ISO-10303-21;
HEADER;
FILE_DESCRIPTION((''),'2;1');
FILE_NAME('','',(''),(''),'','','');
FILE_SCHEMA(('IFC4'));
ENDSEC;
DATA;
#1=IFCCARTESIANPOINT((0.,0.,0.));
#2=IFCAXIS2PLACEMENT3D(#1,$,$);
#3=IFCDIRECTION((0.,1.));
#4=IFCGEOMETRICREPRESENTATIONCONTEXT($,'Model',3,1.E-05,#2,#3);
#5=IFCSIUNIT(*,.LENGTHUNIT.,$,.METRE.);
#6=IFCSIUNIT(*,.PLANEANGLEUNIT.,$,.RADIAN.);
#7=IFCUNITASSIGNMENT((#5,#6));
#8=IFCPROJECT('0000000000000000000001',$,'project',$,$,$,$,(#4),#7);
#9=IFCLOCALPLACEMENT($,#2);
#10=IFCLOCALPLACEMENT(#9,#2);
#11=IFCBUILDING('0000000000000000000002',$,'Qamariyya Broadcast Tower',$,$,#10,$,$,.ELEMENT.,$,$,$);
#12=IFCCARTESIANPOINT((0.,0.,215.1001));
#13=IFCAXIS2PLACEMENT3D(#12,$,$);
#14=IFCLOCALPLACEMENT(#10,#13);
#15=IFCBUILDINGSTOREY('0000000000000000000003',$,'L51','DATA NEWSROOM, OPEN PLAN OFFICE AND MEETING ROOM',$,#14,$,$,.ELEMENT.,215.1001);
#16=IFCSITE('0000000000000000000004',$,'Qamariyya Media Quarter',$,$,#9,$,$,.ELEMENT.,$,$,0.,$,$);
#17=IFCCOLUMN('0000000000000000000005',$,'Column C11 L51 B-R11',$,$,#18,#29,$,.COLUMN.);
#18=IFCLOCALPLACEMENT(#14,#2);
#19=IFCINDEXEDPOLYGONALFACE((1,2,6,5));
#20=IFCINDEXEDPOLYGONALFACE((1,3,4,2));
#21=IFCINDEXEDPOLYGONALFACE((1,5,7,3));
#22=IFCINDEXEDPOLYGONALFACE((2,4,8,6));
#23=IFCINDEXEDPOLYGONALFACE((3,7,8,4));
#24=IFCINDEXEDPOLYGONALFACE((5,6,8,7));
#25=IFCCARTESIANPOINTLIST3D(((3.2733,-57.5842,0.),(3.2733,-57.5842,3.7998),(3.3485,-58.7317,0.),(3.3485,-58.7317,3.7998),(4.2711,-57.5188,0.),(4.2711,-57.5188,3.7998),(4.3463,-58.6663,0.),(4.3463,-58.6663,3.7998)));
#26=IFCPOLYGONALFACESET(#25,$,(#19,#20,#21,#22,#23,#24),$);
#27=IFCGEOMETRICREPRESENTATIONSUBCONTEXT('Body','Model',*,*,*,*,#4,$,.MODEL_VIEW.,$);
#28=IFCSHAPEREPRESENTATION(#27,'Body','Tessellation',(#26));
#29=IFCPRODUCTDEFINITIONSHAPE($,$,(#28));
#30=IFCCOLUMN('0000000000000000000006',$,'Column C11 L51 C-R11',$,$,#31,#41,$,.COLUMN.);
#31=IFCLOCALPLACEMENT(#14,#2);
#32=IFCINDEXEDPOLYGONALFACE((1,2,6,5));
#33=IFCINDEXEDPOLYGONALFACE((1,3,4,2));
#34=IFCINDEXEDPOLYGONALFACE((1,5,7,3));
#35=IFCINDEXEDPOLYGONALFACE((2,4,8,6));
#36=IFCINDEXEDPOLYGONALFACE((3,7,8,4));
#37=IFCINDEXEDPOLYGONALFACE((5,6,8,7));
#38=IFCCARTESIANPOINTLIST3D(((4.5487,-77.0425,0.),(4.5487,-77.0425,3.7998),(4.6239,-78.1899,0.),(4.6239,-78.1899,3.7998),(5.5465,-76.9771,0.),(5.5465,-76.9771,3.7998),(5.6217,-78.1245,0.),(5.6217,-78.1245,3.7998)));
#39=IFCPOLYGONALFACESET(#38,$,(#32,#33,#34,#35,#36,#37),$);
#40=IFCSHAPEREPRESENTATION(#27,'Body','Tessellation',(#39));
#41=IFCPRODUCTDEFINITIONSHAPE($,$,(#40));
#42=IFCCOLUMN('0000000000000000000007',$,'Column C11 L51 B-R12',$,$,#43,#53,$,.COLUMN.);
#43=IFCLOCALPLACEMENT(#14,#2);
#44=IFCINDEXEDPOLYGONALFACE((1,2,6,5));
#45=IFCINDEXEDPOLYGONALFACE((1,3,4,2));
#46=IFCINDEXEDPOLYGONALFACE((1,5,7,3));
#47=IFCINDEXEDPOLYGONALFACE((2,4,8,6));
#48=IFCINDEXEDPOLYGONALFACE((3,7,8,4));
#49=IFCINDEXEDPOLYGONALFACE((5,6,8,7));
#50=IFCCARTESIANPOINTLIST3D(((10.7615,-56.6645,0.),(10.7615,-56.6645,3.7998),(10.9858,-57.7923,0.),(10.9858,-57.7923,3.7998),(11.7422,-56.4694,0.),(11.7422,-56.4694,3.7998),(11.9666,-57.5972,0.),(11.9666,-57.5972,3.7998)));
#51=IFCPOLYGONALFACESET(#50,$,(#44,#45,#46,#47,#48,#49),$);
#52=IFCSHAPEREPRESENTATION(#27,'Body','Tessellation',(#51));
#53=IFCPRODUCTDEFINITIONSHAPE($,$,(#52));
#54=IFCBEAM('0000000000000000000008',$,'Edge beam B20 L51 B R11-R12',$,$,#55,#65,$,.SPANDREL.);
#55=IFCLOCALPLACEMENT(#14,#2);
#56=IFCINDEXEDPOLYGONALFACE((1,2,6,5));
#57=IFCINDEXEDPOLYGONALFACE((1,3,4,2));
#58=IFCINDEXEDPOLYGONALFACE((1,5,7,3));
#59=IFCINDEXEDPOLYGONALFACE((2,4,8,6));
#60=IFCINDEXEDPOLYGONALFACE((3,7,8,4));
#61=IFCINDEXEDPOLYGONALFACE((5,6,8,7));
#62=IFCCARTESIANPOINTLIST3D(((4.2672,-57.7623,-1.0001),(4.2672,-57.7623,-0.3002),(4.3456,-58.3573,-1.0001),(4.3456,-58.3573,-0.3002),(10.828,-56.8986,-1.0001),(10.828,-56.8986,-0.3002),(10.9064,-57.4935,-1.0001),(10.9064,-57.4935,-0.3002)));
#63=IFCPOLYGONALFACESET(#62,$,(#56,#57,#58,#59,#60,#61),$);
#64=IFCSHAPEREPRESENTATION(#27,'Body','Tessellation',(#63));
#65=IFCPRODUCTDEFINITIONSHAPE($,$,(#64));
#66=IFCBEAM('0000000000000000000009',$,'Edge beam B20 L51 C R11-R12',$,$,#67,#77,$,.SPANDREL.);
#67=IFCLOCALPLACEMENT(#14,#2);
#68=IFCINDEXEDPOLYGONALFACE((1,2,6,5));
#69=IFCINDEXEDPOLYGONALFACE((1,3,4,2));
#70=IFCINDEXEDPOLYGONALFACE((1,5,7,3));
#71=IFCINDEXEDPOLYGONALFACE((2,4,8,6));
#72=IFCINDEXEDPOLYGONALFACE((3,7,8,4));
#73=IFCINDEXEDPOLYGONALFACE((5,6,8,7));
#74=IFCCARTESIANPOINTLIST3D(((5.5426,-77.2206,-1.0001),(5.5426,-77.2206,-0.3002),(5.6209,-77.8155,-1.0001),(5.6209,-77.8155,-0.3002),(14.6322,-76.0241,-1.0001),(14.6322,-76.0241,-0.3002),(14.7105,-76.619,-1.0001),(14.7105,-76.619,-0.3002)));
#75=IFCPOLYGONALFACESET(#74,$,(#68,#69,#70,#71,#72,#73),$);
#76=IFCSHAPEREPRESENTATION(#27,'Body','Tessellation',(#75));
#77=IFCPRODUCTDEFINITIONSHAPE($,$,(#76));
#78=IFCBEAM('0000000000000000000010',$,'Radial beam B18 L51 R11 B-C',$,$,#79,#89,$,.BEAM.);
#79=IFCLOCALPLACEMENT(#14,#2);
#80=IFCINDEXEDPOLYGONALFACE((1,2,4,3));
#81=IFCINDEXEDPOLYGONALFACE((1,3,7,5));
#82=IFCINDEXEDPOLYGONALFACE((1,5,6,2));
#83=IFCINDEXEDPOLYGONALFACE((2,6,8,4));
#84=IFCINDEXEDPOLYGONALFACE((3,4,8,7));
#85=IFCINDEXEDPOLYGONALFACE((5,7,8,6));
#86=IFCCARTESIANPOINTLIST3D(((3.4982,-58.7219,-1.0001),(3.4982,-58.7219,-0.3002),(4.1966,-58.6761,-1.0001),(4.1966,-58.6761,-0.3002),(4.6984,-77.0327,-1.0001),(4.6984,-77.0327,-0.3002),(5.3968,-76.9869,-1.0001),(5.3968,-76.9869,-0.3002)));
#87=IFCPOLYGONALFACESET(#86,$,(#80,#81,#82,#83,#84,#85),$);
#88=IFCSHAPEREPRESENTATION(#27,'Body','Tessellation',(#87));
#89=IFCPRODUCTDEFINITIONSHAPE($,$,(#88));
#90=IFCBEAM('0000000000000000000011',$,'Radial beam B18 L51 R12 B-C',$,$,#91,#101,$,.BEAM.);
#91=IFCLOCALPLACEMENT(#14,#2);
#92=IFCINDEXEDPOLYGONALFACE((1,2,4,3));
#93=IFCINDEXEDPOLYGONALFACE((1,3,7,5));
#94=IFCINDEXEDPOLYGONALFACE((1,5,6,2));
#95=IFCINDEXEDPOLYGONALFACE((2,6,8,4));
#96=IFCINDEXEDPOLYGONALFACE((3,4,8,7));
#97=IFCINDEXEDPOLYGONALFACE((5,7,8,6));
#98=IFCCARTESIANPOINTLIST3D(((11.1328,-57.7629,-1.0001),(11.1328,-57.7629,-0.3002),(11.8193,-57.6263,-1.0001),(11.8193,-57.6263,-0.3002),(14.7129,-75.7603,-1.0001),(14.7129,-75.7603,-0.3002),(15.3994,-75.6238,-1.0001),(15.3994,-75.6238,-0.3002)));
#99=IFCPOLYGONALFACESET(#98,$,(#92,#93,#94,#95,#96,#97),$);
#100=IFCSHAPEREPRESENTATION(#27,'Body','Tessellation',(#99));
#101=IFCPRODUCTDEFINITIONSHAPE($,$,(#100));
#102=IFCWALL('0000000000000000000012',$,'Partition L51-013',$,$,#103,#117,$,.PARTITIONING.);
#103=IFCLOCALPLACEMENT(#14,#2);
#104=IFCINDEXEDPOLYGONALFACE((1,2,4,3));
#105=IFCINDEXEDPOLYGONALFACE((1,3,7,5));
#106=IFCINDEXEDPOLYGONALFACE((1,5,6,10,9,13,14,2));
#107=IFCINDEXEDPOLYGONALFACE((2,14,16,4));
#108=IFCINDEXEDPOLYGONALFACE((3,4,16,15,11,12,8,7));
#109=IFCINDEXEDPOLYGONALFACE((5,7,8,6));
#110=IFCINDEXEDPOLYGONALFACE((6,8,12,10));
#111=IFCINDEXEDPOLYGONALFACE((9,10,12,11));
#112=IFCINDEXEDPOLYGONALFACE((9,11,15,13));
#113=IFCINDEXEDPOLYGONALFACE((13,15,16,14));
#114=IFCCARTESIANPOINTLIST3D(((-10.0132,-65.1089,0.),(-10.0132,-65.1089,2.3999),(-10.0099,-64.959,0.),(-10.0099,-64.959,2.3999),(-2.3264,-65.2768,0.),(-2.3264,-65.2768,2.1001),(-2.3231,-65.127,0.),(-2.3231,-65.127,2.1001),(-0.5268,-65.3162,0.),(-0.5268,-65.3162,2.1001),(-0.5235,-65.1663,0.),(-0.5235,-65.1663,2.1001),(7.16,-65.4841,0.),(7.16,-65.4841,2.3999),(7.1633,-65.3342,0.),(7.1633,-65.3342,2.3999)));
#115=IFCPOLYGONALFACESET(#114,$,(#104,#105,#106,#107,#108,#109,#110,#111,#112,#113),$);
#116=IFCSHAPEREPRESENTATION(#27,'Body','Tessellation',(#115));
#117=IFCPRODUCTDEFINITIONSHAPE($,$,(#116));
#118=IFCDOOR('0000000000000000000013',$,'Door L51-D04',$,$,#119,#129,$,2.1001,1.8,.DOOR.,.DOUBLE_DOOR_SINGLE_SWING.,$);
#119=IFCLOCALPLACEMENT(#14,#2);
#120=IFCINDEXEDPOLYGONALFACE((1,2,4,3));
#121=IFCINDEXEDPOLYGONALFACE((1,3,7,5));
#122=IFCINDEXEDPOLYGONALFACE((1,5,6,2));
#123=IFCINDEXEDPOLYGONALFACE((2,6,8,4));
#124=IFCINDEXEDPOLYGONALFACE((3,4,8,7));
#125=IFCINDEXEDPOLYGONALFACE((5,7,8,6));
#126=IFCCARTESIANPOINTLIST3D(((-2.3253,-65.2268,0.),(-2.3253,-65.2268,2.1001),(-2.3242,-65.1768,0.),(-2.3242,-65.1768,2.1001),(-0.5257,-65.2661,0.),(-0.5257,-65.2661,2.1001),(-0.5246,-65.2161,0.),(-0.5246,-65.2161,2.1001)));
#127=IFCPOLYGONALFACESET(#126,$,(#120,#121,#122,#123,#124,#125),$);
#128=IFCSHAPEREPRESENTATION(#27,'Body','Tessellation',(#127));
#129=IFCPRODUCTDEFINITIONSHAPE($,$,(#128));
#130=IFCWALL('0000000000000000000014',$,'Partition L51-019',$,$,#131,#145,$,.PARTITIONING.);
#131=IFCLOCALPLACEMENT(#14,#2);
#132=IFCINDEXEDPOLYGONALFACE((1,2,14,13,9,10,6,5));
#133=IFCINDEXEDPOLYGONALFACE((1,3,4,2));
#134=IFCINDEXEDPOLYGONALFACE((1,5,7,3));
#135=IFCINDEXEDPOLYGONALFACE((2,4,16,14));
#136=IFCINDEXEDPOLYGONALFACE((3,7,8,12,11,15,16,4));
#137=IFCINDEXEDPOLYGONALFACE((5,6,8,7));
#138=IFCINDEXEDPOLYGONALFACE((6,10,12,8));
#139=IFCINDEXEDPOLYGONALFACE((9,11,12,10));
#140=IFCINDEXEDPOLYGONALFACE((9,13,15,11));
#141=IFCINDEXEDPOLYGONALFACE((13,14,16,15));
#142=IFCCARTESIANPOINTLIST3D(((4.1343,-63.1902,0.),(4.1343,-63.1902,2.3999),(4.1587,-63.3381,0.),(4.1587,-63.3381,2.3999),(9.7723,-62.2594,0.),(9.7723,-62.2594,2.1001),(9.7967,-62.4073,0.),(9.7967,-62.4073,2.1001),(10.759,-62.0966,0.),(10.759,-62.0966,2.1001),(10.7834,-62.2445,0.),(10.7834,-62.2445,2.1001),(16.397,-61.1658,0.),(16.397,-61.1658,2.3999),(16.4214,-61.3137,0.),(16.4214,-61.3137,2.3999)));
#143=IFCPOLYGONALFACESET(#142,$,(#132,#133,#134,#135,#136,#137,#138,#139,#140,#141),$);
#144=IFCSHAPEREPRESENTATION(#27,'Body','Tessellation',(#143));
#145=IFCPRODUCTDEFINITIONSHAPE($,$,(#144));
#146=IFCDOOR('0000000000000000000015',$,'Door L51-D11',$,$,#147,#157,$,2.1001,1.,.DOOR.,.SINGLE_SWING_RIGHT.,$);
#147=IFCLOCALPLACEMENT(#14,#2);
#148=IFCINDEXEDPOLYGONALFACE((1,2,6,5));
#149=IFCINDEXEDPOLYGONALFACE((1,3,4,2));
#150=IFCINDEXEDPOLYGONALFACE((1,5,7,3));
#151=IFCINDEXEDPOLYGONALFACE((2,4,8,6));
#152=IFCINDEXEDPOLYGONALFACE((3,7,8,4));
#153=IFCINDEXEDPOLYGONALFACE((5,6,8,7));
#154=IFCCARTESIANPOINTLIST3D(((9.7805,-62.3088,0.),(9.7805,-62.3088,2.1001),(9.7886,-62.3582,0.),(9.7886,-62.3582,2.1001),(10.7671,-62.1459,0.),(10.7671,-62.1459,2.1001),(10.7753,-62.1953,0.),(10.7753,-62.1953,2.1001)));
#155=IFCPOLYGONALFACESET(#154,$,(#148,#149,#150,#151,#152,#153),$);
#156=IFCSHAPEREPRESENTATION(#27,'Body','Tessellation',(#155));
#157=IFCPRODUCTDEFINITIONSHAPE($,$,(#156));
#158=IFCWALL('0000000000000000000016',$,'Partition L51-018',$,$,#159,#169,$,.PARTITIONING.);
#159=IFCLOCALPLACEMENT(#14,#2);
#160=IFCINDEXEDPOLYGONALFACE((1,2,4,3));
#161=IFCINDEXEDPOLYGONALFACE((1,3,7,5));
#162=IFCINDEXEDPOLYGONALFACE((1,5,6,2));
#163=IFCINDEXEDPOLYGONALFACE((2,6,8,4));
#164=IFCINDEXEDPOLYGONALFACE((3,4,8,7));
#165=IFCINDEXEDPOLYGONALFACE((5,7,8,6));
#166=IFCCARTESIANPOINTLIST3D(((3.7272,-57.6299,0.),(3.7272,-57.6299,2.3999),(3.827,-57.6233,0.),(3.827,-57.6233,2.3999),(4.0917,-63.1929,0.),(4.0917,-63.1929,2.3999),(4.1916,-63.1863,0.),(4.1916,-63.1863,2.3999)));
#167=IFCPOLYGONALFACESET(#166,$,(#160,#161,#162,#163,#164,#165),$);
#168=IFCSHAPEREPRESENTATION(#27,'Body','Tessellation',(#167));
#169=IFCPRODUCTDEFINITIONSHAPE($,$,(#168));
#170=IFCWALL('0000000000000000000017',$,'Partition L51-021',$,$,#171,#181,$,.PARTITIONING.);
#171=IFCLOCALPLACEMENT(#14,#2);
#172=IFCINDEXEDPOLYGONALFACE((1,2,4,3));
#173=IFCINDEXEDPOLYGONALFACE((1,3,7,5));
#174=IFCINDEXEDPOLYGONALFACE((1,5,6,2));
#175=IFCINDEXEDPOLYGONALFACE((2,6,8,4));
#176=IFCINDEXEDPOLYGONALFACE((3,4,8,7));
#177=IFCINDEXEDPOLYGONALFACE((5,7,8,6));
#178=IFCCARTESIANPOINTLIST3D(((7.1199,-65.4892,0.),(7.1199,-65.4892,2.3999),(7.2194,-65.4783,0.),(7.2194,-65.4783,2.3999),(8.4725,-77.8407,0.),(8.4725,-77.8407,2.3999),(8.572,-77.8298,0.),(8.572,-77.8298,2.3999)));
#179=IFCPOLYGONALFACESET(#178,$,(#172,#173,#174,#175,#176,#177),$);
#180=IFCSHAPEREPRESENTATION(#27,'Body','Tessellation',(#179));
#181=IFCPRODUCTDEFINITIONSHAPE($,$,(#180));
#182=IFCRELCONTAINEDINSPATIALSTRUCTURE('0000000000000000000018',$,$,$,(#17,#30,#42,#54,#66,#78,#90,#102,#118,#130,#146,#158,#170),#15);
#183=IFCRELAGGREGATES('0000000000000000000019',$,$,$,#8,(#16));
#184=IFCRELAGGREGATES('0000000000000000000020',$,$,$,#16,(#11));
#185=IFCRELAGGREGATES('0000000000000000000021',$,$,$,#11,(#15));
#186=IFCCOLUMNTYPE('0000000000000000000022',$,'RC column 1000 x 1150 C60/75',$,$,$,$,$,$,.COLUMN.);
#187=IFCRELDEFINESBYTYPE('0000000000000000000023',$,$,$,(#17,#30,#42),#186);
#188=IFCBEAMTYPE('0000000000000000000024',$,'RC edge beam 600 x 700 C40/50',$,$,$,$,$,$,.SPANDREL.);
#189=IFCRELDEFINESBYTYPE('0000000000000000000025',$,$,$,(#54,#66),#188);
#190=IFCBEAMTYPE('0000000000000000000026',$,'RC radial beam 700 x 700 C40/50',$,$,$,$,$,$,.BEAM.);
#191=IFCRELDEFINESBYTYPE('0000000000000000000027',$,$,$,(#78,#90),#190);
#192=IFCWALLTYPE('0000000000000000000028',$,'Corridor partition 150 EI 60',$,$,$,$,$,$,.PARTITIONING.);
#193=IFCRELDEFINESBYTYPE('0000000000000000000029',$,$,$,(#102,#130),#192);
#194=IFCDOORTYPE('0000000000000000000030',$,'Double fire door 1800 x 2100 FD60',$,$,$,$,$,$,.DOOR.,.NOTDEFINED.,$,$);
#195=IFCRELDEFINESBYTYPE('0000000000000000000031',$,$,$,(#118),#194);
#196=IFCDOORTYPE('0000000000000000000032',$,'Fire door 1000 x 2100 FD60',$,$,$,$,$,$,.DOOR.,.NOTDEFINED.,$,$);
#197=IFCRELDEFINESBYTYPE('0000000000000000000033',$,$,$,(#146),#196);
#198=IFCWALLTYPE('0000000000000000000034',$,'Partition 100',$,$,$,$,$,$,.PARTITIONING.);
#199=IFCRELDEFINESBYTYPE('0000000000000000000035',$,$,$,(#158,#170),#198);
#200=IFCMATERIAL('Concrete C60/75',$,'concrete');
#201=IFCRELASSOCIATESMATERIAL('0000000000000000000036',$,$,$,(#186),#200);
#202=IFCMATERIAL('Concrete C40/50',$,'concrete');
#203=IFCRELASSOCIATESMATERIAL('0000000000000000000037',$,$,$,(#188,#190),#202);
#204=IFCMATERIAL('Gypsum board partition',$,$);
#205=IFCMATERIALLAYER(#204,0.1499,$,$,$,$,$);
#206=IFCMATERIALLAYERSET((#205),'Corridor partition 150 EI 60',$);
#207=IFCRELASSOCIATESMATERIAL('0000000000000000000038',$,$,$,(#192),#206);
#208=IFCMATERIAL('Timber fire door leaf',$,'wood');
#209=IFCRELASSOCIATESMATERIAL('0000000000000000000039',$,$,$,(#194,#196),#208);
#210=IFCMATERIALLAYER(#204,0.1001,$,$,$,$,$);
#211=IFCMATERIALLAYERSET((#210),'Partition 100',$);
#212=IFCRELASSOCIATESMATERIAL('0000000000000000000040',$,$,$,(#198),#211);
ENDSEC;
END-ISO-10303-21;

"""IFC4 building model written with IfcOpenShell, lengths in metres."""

from ifc_helpers import new_model, si_unit, direction, frame, frame_2d, origin, origin_2d, place, context, subcontext, project, spatial, rectangle, extrude, material, layer, layer_set, material_profile, profile_set, type_object, element, fill, save


model = new_model("IFC4")

# Units and contexts
model_context = context("Model", 3, precision=1e-05, world=origin(), true_north=direction((0.0, 1.0)))
body_context = subcontext(model_context, "Body", "Model", "MODEL_VIEW")
ifc_project = project(units=[si_unit("LENGTHUNIT", "METRE"), si_unit("PLANEANGLEUNIT", "RADIAN")], contexts=[model_context])

# Site, building, storey
site_placement = place(None, origin())
site = spatial("IfcSite", under=ifc_project, at=site_placement, Name="Qamariyya Media Quarter", CompositionType="ELEMENT", RefElevation=0.0)
building_placement = place(site_placement, origin())
building = spatial("IfcBuilding", under=site, at=building_placement, Name="Qamariyya Broadcast Tower", CompositionType="ELEMENT")
storey_placement = place(building_placement, frame((0.0, 0.0, 215.1001)))
storey = spatial("IfcBuildingStorey", under=building, at=storey_placement, Name="L51", Description="DATA NEWSROOM, OPEN PLAN OFFICE AND MEETING ROOM", CompositionType="ELEMENT", Elevation=215.1001)

# Columns
ifc_material_1 = material(Name="Concrete C60/75", Category="concrete")
ifc_material_profile_1 = material_profile(ifc_material_1, rectangle(XDim=1.0, YDim=1.1499, at=origin_2d()))
ifc_profile_set_1 = profile_set([ifc_material_profile_1], Name="Concrete C60/75")
column_type = type_object("IfcColumnType", Name="RC column 1000 x 1150 C60/75", PredefinedType="COLUMN", material=ifc_profile_set_1)
for number, where, z_axis, x_axis, name in (
    (1, (3.8098, -58.1252, 0.0), (0.0, 0.0, 1.0), (0.997859, 0.065403, 0.0), "Column C11 L51 B-R11"),
    (2, (5.0852, -77.5835, 0.0), (0.0, 0.0, 1.0), (0.997859, 0.065403, 0.0), "Column C11 L51 C-R11"),
    (3, (11.364, -57.1309, 0.0), (0.0, 0.0, 1.0), (0.980785, 0.19509, 0.0), "Column C11 L51 B-R12"),
):
    element("IfcColumn", number, at=place(storey_placement, frame(where, z_axis=z_axis, x_axis=x_axis)), inside=storey, type_object=column_type, Name=name, PredefinedType="COLUMN", context=body_context, shape_type="SweptSolid", body=[
        extrude(rectangle(XDim=1.0, YDim=1.1499, at=origin_2d()), origin(), (0.0, 0.0, 1.0), 3.7998),
    ])

# Beams
ifc_material_2 = material(Name="Concrete C40/50", Category="concrete")
ifc_material_profile_2 = material_profile(ifc_material_2, rectangle(XDim=0.6001, YDim=0.7, at=origin_2d()))
ifc_profile_set_2 = profile_set([ifc_material_profile_2], Name="Concrete C40/50")
beam_type_1 = type_object("IfcBeamType", Name="RC edge beam 600 x 700 C40/50", PredefinedType="SPANDREL", material=ifc_profile_set_2)
beam_1_placement = place(storey_placement, frame((4.3064, -58.0598, -0.6501), z_axis=(0.991444, 0.13053, 0.0), x_axis=(-0.13053, 0.991444, 0.0)))
element("IfcBeam", 4, at=beam_1_placement, inside=storey, type_object=beam_type_1, Name="Edge beam B20 L51 B R11-R12", PredefinedType="SPANDREL", context=body_context, shape_type="SweptSolid", body=[
    extrude(rectangle(XDim=0.6001, YDim=0.7, at=origin_2d()), origin(), (0.0, 0.0, 1.0), 6.6174),
])
beam_2_placement = place(storey_placement, frame((5.5818, -77.5181, -0.6501), z_axis=(0.991447, 0.130512, 0.0), x_axis=(-0.130512, 0.991447, 0.0)))
element("IfcBeam", 5, at=beam_2_placement, inside=storey, type_object=beam_type_1, Name="Edge beam B20 L51 C R11-R12", PredefinedType="SPANDREL", context=body_context, shape_type="SweptSolid", body=[
    extrude(rectangle(XDim=0.6001, YDim=0.7, at=origin_2d()), origin(), (0.0, 0.0, 1.0), 9.168),
])
ifc_material_profile_3 = material_profile(ifc_material_2, rectangle(XDim=0.7, YDim=0.7, at=origin_2d()))
ifc_profile_set_3 = profile_set([ifc_material_profile_3], Name="Concrete C40/50")
beam_type_2 = type_object("IfcBeamType", Name="RC radial beam 700 x 700 C40/50", PredefinedType="BEAM", material=ifc_profile_set_3)
for number, where, z_axis, x_axis, name in (
    (6, (3.8474, -58.699, -0.6501), (0.065405, -0.997859, 0.0), (0.997859, 0.065405, 0.0), "Radial beam B18 L51 R11 B-C"),
    (7, (11.4761, -57.6946, -0.6501), (0.195098, -0.980784, 0.0), (0.980784, 0.195098, 0.0), "Radial beam B18 L51 R12 B-C"),
):
    element("IfcBeam", number, at=place(storey_placement, frame(where, z_axis=z_axis, x_axis=x_axis)), inside=storey, type_object=beam_type_2, Name=name, PredefinedType="BEAM", context=body_context, shape_type="SweptSolid", body=[
        extrude(rectangle(XDim=0.7, YDim=0.7, at=origin_2d()), origin(), (0.0, 0.0, 1.0), 18.3501),
    ])

# Walls, openings, doors
ifc_material_3 = material(Name="Gypsum board partition")
ifc_layer_1 = layer(ifc_material_3, 0.1499)
ifc_layer_set_1 = layer_set([ifc_layer_1], Name="Corridor partition 150 EI 60")
wall_type_1 = type_object("IfcWallType", Name="Corridor partition 150 EI 60", PredefinedType="PARTITIONING", material=ifc_layer_set_1)
wall_1_placement = place(storey_placement, frame((7.1616, -65.4092, 0.0), z_axis=(0.0, 0.0, 1.0), x_axis=(-0.999761, 0.021845, 0.0)))
wall_1 = element("IfcWall", 8, at=wall_1_placement, inside=storey, type_object=wall_type_1, Name="Partition L51-013", PredefinedType="PARTITIONING", context=body_context, shape_type="SweptSolid", body=[
    extrude(rectangle(XDim=17.1772, YDim=0.1499, at=frame_2d((8.5886, 0.0))), origin(), (0.0, 0.0, 1.0), 2.3999),
])
opening_1_placement = place(wall_1_placement, frame((7.6887, 0.0, 0.0)))
opening_1 = element("IfcOpeningElement", 9, at=opening_1_placement, cuts=wall_1, PredefinedType="OPENING", context=body_context, shape_type="SweptSolid", body=[
    extrude(rectangle(XDim=1.8, YDim=2.1001, at=frame_2d((0.8999, 1.05))), frame((0.0, 0.085, 0.0), z_axis=(0.0, -1.0, 0.0), x_axis=(1.0, 0.0, 0.0)), (0.0, 0.0, 1.0), 0.1699),
])
ifc_material_4 = material(Name="Timber fire door leaf", Category="wood")
door_type_1 = type_object("IfcDoorType", Name="Double fire door 1800 x 2100 FD60", OperationType="NOTDEFINED", PredefinedType="DOOR", material=ifc_material_4)
door_1_placement = place(opening_1_placement, origin())
door_1 = element("IfcDoor", 10, at=door_1_placement, inside=storey, type_object=door_type_1, Name="Door L51-D04", OperationType="DOUBLE_DOOR_SINGLE_SWING", OverallHeight=2.1001, OverallWidth=1.8, PredefinedType="DOOR", context=body_context, shape_type="SweptSolid", body=[
    extrude(rectangle(XDim=1.8, YDim=2.1001, at=frame_2d((0.8999, 1.05))), frame((0.0, 0.0249, 0.0), z_axis=(0.0, -1.0, 0.0), x_axis=(1.0, 0.0, 0.0)), (0.0, 0.0, 1.0), 0.05),
])
fill(opening_1, door_1)
wall_2_placement = place(storey_placement, frame((4.1465, -63.2642, 0.0), z_axis=(0.0, 0.0, 1.0), x_axis=(0.986645, 0.162883, 0.0)))
wall_2 = element("IfcWall", 11, at=wall_2_placement, inside=storey, type_object=wall_type_1, Name="Partition L51-019", PredefinedType="PARTITIONING", context=body_context, shape_type="SweptSolid", body=[
    extrude(rectangle(XDim=12.4287, YDim=0.1499, at=frame_2d((6.2144, 0.0))), origin(), (0.0, 0.0, 1.0), 2.3999),
])
opening_2_placement = place(wall_2_placement, frame((5.7144, 0.0, 0.0)))
opening_2 = element("IfcOpeningElement", 12, at=opening_2_placement, cuts=wall_2, PredefinedType="OPENING", context=body_context, shape_type="SweptSolid", body=[
    extrude(rectangle(XDim=1.0, YDim=2.1001, at=frame_2d((0.5, 1.05))), frame((0.0, 0.085, 0.0), z_axis=(0.0, -1.0, 0.0), x_axis=(1.0, 0.0, 0.0)), (0.0, 0.0, 1.0), 0.1699),
])
door_type_2 = type_object("IfcDoorType", Name="Fire door 1000 x 2100 FD60", OperationType="NOTDEFINED", PredefinedType="DOOR", material=ifc_material_4)
door_2_placement = place(opening_2_placement, origin())
door_2 = element("IfcDoor", 13, at=door_2_placement, inside=storey, type_object=door_type_2, Name="Door L51-D11", OperationType="SINGLE_SWING_RIGHT", OverallHeight=2.1001, OverallWidth=1.0, PredefinedType="DOOR", context=body_context, shape_type="SweptSolid", body=[
    extrude(rectangle(XDim=1.0, YDim=2.1001, at=frame_2d((0.5, 1.05))), frame((0.0, 0.0249, 0.0), z_axis=(0.0, -1.0, 0.0), x_axis=(1.0, 0.0, 0.0)), (0.0, 0.0, 1.0), 0.05),
])
fill(opening_2, door_2)

# Walls
ifc_layer_2 = layer(ifc_material_3, 0.1001)
ifc_layer_set_2 = layer_set([ifc_layer_2], Name="Partition 100")
wall_type_2 = type_object("IfcWallType", Name="Partition 100", PredefinedType="PARTITIONING", material=ifc_layer_set_2)
wall_3_placement = place(storey_placement, frame((3.7771, -57.6265, 0.0), z_axis=(0.0, 0.0, 1.0), x_axis=(0.065382, -0.99786, 0.0)))
element("IfcWall", 14, at=wall_3_placement, inside=storey, type_object=wall_type_2, Name="Partition L51-018", PredefinedType="PARTITIONING", context=body_context, shape_type="SweptSolid", body=[
    extrude(rectangle(XDim=5.575, YDim=0.1001, at=frame_2d((2.7876, 0.0))), origin(), (0.0, 0.0, 1.0), 2.3999),
])
wall_4_placement = place(storey_placement, frame((8.5222, -77.8352, 0.0), z_axis=(0.0, 0.0, 1.0), x_axis=(-0.108853, 0.994058, 0.0)))
element("IfcWall", 15, at=wall_4_placement, inside=storey, type_object=wall_type_2, Name="Partition L51-021", PredefinedType="PARTITIONING", context=body_context, shape_type="SweptSolid", body=[
    extrude(rectangle(XDim=12.4253, YDim=0.1001, at=frame_2d((6.2126, 0.0))), origin(), (0.0, 0.0, 1.0), 2.3999),
])

save(model, "model.ifc")
